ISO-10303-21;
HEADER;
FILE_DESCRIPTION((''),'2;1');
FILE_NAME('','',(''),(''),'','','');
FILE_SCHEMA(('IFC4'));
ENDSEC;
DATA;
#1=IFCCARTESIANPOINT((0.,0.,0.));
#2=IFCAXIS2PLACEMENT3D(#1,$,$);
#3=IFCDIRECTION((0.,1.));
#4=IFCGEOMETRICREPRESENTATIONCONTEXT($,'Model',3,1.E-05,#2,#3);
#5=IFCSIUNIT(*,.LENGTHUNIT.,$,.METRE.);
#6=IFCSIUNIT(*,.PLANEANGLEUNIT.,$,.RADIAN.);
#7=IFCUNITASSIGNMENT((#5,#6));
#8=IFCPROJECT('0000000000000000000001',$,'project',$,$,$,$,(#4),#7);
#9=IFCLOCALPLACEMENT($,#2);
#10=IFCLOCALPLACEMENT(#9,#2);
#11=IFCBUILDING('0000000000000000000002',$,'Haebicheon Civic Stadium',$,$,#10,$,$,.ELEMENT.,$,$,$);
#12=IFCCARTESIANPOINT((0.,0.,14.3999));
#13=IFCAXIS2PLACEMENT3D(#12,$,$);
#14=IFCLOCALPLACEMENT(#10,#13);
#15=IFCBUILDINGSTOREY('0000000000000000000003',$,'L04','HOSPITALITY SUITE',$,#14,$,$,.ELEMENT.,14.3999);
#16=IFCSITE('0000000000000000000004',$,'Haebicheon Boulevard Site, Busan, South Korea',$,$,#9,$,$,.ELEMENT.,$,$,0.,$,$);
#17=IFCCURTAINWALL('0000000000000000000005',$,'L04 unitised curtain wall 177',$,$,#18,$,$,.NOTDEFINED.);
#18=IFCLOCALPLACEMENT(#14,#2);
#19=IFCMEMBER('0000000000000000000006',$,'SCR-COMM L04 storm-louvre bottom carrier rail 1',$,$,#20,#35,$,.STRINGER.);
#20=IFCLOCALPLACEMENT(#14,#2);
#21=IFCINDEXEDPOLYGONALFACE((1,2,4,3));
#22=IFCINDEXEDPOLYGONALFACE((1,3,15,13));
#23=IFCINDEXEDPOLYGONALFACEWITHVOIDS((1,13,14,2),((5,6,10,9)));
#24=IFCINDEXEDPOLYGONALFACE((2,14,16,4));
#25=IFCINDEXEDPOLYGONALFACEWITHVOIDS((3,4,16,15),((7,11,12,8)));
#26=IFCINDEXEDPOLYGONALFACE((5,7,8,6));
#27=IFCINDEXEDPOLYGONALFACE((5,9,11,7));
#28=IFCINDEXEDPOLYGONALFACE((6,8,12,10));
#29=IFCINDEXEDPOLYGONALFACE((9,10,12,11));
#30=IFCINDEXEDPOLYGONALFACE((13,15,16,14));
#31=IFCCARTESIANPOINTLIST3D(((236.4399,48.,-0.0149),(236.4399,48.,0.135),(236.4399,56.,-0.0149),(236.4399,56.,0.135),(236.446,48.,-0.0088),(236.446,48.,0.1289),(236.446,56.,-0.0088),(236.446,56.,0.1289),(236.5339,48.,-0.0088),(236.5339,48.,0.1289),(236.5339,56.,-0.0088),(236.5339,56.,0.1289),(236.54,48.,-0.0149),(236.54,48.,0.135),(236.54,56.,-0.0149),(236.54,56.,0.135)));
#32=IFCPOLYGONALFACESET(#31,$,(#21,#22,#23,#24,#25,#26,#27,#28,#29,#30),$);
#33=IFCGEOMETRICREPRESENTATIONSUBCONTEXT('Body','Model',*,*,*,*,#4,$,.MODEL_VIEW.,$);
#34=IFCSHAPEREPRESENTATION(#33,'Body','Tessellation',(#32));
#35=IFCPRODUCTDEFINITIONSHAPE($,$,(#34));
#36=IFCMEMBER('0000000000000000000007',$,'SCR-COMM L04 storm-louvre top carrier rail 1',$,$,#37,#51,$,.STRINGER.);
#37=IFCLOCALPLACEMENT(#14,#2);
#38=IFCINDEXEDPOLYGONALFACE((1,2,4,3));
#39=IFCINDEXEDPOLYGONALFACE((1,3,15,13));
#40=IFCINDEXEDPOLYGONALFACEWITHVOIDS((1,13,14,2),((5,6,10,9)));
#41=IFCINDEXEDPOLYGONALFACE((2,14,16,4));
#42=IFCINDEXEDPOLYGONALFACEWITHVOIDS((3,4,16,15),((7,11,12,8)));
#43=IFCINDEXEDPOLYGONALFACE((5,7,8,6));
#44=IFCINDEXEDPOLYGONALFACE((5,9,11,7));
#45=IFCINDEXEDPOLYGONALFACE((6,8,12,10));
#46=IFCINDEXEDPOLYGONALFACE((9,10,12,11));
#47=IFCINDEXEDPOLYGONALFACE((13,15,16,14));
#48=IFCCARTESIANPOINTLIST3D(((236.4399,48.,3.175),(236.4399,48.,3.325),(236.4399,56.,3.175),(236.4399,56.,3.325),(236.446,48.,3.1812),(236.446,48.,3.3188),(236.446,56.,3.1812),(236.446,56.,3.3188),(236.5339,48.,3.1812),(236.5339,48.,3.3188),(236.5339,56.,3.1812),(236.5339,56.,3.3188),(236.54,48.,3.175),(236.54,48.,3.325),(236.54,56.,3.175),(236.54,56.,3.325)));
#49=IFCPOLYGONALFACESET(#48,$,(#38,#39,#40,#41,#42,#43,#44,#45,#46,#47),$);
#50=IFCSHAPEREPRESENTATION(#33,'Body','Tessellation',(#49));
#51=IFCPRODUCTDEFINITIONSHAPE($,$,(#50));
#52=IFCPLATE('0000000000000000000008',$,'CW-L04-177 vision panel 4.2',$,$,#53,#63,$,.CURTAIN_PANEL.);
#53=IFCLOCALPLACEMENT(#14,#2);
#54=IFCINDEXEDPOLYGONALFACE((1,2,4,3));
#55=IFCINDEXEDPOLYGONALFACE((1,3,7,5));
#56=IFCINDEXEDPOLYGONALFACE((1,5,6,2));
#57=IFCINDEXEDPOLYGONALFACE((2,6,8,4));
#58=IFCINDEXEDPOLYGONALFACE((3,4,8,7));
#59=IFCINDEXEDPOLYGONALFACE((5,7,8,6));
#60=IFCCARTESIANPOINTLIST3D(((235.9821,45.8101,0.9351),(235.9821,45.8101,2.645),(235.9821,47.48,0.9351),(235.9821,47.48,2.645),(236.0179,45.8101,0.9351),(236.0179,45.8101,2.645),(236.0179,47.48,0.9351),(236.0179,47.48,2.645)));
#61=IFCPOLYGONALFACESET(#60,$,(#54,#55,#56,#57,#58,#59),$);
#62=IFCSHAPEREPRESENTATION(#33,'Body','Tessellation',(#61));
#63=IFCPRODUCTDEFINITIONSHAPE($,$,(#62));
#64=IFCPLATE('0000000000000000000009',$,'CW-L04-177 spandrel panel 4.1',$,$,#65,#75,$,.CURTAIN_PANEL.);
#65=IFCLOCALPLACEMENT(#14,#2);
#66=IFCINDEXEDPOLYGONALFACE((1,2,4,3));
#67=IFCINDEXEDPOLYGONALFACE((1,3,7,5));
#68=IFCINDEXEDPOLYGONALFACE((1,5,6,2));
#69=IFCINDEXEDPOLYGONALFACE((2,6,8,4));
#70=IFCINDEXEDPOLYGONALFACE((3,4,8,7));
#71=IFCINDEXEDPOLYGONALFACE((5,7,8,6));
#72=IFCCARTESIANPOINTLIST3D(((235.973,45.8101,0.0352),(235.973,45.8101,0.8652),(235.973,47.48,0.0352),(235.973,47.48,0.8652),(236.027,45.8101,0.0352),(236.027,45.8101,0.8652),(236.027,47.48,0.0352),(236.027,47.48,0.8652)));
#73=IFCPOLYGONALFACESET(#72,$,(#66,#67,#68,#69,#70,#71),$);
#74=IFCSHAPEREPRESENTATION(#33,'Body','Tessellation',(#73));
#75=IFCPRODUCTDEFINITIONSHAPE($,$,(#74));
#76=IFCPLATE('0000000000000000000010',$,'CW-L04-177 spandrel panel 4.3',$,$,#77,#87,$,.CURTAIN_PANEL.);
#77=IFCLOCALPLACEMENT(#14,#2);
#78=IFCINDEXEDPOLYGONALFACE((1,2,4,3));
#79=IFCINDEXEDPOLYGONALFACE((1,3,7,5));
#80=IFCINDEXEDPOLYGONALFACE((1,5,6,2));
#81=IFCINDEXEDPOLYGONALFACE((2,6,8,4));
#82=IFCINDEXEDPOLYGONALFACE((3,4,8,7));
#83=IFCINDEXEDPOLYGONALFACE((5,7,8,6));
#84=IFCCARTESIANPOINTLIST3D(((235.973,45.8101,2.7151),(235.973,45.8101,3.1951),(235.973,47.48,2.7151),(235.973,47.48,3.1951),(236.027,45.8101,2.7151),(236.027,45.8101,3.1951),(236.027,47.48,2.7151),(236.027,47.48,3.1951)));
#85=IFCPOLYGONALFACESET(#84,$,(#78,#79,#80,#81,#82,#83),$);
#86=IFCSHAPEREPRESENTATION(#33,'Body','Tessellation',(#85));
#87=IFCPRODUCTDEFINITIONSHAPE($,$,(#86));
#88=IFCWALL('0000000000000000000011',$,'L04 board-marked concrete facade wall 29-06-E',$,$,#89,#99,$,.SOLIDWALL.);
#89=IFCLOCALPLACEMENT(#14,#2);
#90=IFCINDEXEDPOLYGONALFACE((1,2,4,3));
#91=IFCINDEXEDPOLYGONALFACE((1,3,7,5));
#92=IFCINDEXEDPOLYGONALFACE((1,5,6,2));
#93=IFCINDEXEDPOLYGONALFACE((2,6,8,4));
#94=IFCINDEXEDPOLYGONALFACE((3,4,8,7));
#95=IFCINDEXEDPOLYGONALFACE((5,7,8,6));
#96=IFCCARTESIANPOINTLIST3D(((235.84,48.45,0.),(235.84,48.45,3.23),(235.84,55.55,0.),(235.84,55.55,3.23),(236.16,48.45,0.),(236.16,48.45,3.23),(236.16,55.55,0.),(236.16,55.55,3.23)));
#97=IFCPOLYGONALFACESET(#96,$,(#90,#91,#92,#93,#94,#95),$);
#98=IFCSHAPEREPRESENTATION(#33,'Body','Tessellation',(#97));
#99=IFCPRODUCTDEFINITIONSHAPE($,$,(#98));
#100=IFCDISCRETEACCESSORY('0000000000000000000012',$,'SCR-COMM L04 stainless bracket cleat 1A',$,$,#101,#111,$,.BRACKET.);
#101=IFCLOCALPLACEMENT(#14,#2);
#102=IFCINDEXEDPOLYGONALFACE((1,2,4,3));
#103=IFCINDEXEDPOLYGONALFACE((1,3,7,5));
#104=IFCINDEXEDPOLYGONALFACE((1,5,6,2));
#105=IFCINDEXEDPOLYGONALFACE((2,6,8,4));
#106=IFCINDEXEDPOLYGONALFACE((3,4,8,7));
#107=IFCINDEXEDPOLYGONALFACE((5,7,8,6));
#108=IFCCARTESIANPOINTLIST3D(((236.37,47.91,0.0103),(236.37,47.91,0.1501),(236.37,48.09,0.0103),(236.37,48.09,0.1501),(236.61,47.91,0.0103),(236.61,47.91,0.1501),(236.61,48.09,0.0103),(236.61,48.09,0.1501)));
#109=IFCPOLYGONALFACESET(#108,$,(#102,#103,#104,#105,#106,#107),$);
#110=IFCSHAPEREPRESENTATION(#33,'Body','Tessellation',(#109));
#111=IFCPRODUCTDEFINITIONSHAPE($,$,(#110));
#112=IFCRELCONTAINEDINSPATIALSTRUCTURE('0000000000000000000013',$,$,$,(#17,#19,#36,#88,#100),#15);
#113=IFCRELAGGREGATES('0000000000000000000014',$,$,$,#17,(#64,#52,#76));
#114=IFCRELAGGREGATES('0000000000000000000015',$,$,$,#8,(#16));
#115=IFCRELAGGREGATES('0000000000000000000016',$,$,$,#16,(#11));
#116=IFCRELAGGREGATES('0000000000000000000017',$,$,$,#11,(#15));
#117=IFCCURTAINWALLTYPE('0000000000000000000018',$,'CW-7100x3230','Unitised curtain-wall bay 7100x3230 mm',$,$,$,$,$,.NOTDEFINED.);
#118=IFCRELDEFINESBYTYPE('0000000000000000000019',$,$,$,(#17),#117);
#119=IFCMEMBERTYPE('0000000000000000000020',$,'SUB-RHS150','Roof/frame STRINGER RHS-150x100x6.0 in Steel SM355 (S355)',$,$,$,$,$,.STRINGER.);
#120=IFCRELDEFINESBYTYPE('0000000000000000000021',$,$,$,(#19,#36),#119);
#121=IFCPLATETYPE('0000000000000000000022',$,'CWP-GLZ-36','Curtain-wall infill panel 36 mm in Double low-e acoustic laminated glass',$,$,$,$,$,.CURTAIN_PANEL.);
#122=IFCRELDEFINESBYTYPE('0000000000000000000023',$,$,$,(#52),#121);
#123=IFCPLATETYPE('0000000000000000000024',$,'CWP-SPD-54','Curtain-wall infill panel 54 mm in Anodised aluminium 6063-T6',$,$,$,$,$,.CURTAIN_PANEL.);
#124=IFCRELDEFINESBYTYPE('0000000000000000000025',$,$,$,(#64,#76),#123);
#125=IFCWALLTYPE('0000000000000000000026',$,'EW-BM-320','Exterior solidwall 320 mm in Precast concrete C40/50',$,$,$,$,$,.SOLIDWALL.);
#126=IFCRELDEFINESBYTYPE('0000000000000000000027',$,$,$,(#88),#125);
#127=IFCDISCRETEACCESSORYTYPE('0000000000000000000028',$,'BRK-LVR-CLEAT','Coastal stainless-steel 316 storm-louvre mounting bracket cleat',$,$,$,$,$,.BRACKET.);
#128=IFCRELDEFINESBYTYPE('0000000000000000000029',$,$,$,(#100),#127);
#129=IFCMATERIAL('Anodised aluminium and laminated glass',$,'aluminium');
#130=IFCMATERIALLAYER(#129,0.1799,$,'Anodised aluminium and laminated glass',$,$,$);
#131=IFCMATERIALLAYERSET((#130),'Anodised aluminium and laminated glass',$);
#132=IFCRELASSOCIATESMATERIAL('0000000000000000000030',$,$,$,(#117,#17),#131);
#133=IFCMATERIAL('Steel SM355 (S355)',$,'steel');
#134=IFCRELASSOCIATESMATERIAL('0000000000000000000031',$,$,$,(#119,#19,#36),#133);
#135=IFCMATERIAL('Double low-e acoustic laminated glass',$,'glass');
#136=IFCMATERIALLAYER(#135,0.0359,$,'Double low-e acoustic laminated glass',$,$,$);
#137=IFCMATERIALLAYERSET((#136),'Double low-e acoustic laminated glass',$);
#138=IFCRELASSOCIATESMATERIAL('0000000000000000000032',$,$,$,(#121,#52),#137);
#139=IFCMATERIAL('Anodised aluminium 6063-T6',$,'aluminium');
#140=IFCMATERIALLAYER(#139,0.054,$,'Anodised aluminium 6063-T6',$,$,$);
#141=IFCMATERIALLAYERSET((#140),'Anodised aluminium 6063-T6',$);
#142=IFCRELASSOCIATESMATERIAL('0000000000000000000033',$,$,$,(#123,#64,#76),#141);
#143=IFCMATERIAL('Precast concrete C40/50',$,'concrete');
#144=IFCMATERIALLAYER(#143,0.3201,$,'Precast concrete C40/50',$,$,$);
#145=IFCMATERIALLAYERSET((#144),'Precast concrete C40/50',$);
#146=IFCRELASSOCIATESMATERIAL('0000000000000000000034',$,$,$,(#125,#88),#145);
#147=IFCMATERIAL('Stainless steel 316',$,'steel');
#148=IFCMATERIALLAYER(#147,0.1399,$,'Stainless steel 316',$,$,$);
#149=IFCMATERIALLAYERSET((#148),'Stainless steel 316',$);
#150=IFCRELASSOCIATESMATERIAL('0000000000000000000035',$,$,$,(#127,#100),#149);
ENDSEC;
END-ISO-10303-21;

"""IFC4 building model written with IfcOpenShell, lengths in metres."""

from ifc_helpers import new_model, si_unit, direction, frame, frame_2d, origin, origin_2d, place, context, subcontext, project, spatial, rectangle, hollow_rectangle, extrude, material, layer, layer_set, material_profile, profile_set, type_object, element, aggregate, save


model = new_model("IFC4")

# Units and contexts
model_context = context("Model", 3, precision=1e-05, world=origin(), true_north=direction((0.0, 1.0)))
body_context = subcontext(model_context, "Body", "Model", "MODEL_VIEW")
ifc_project = project(units=[si_unit("LENGTHUNIT", "METRE"), si_unit("PLANEANGLEUNIT", "RADIAN")], contexts=[model_context])

# Site, building, storey
site_placement = place(None, origin())
site = spatial("IfcSite", under=ifc_project, at=site_placement, Name="Haebicheon Boulevard Site, Busan, South Korea", CompositionType="ELEMENT", RefElevation=0.0)
building_placement = place(site_placement, origin())
building = spatial("IfcBuilding", under=site, at=building_placement, Name="Haebicheon Civic Stadium", CompositionType="ELEMENT")
storey_placement = place(building_placement, frame((0.0, 0.0, 14.3999)))
storey = spatial("IfcBuildingStorey", under=building, at=storey_placement, Name="L04", Description="HOSPITALITY SUITE", CompositionType="ELEMENT", Elevation=14.3999)

# Curtain wall
ifc_material_1 = material(Name="Anodised aluminium and laminated glass", Category="aluminium")
ifc_layer_1 = layer(ifc_material_1, 0.1799, Name="Anodised aluminium and laminated glass")
ifc_layer_set_1 = layer_set([ifc_layer_1], Name="Anodised aluminium and laminated glass")
curtain_wall_type = type_object("IfcCurtainWallType", Name="CW-7100x3230", Description="Unitised curtain-wall bay 7100x3230 mm", PredefinedType="NOTDEFINED", material=ifc_layer_set_1)
curtain_wall_placement = place(storey_placement, origin())
curtain_wall = element("IfcCurtainWall", 1, at=curtain_wall_placement, inside=storey, type_object=curtain_wall_type, material=ifc_layer_set_1, Name="L04 unitised curtain wall 177", PredefinedType="NOTDEFINED")

# Members
ifc_material_2 = material(Name="Steel SM355 (S355)", Category="steel")
ifc_material_profile_1 = material_profile(ifc_material_2, hollow_rectangle(XDim=0.1001, YDim=0.1499, WallThickness=0.0061, at=origin_2d()), Name="RHS-150x100x6.0")
ifc_profile_set_1 = profile_set([ifc_material_profile_1], Name="Steel SM355 (S355)")
member_type_1 = type_object("IfcMemberType", Name="SUB-RHS150", Description="Roof/frame STRINGER RHS-150x100x6.0 in Steel SM355 (S355)", PredefinedType="STRINGER", material=ifc_profile_set_1)
for number, where, z_axis, x_axis, name in (
    (2, (236.49, 48.0, 0.0601), (0.0, 1.0, 0.0), (-1.0, 0.0, 0.0), "SCR-COMM L04 storm-louvre bottom carrier rail 1"),
    (3, (236.49, 48.0, 3.25), (0.0, 1.0, 0.0), (-1.0, 0.0, 0.0), "SCR-COMM L04 storm-louvre top carrier rail 1"),
):
    element("IfcMember", number, at=place(storey_placement, frame(where, z_axis=z_axis, x_axis=x_axis)), inside=storey, type_object=member_type_1, material=ifc_profile_set_1, Name=name, PredefinedType="STRINGER", context=body_context, shape_type="SweptSolid", body=[
        extrude(hollow_rectangle(XDim=0.1001, YDim=0.1499, WallThickness=0.0061, at=origin_2d()), origin(), (0.0, 0.0, 1.0), 8.0),
    ])

# Plates
ifc_material_3 = material(Name="Double low-e acoustic laminated glass", Category="glass")
ifc_layer_2 = layer(ifc_material_3, 0.0359, Name="Double low-e acoustic laminated glass")
ifc_layer_set_2 = layer_set([ifc_layer_2], Name="Double low-e acoustic laminated glass")
plate_type_1 = type_object("IfcPlateType", Name="CWP-GLZ-36", Description="Curtain-wall infill panel 36 mm in Double low-e acoustic laminated glass", PredefinedType="CURTAIN_PANEL", material=ifc_layer_set_2)
plate_1_placement = place(storey_placement, frame((236.0, 46.645, 0.9351), z_axis=(0.0, 0.0, 1.0), x_axis=(0.0, 1.0, 0.0)))
plate_1 = element("IfcPlate", 4, at=plate_1_placement, type_object=plate_type_1, material=ifc_layer_set_2, Name="CW-L04-177 vision panel 4.2", PredefinedType="CURTAIN_PANEL", context=body_context, shape_type="SweptSolid", body=[
    extrude(rectangle(XDim=1.6699, YDim=0.0359, at=origin_2d()), origin(), (0.0, 0.0, 1.0), 1.71),
])
ifc_material_4 = material(Name="Anodised aluminium 6063-T6", Category="aluminium")
ifc_layer_3 = layer(ifc_material_4, 0.054, Name="Anodised aluminium 6063-T6")
ifc_layer_set_3 = layer_set([ifc_layer_3], Name="Anodised aluminium 6063-T6")
plate_type_2 = type_object("IfcPlateType", Name="CWP-SPD-54", Description="Curtain-wall infill panel 54 mm in Anodised aluminium 6063-T6", PredefinedType="CURTAIN_PANEL", material=ifc_layer_set_3)
plate_2_placement = place(storey_placement, frame((236.0, 46.645, 0.0352), z_axis=(0.0, 0.0, 1.0), x_axis=(0.0, 1.0, 0.0)))
plate_2 = element("IfcPlate", 5, at=plate_2_placement, type_object=plate_type_2, material=ifc_layer_set_3, Name="CW-L04-177 spandrel panel 4.1", PredefinedType="CURTAIN_PANEL", context=body_context, shape_type="SweptSolid", body=[
    extrude(rectangle(XDim=1.6699, YDim=0.054, at=origin_2d()), origin(), (0.0, 0.0, 1.0), 0.8301),
])
plate_3_placement = place(storey_placement, frame((236.0, 46.645, 2.7151), z_axis=(0.0, 0.0, 1.0), x_axis=(0.0, 1.0, 0.0)))
plate_3 = element("IfcPlate", 6, at=plate_3_placement, type_object=plate_type_2, material=ifc_layer_set_3, Name="CW-L04-177 spandrel panel 4.3", PredefinedType="CURTAIN_PANEL", context=body_context, shape_type="SweptSolid", body=[
    extrude(rectangle(XDim=1.6699, YDim=0.054, at=origin_2d()), origin(), (0.0, 0.0, 1.0), 0.48),
])
aggregate(curtain_wall, [plate_2, plate_1, plate_3])

# Wall
ifc_material_5 = material(Name="Precast concrete C40/50", Category="concrete")
ifc_layer_4 = layer(ifc_material_5, 0.3201, Name="Precast concrete C40/50")
ifc_layer_set_4 = layer_set([ifc_layer_4], Name="Precast concrete C40/50")
wall_type = type_object("IfcWallType", Name="EW-BM-320", Description="Exterior solidwall 320 mm in Precast concrete C40/50", PredefinedType="SOLIDWALL", material=ifc_layer_set_4)
wall_placement = place(storey_placement, frame((236.0, 48.45, 0.0), z_axis=(0.0, 0.0, 1.0), x_axis=(0.0, 1.0, 0.0)))
element("IfcWall", 7, at=wall_placement, inside=storey, type_object=wall_type, material=ifc_layer_set_4, Name="L04 board-marked concrete facade wall 29-06-E", PredefinedType="SOLIDWALL", context=body_context, shape_type="SweptSolid", body=[
    extrude(rectangle(XDim=7.1001, YDim=0.3201, at=frame_2d((3.55, 0.0))), origin(), (0.0, 0.0, 1.0), 3.23),
])

# Discrete accessory
ifc_material_6 = material(Name="Stainless steel 316", Category="steel")
ifc_layer_5 = layer(ifc_material_6, 0.1399, Name="Stainless steel 316")
ifc_layer_set_5 = layer_set([ifc_layer_5], Name="Stainless steel 316")
discrete_accessory_type = type_object("IfcDiscreteAccessoryType", Name="BRK-LVR-CLEAT", Description="Coastal stainless-steel 316 storm-louvre mounting bracket cleat", PredefinedType="BRACKET", material=ifc_layer_set_5)
discrete_accessory_placement = place(storey_placement, frame((236.49, 48.0, 0.0103), z_axis=(0.0, 0.0, 1.0), x_axis=(1.0, 0.0, 0.0)))
element("IfcDiscreteAccessory", 8, at=discrete_accessory_placement, inside=storey, type_object=discrete_accessory_type, material=ifc_layer_set_5, Name="SCR-COMM L04 stainless bracket cleat 1A", PredefinedType="BRACKET", context=body_context, shape_type="SweptSolid", body=[
    extrude(rectangle(XDim=0.24, YDim=0.1799, at=origin_2d()), origin(), (0.0, 0.0, 1.0), 0.1399),
])

save(model, "model.ifc")
